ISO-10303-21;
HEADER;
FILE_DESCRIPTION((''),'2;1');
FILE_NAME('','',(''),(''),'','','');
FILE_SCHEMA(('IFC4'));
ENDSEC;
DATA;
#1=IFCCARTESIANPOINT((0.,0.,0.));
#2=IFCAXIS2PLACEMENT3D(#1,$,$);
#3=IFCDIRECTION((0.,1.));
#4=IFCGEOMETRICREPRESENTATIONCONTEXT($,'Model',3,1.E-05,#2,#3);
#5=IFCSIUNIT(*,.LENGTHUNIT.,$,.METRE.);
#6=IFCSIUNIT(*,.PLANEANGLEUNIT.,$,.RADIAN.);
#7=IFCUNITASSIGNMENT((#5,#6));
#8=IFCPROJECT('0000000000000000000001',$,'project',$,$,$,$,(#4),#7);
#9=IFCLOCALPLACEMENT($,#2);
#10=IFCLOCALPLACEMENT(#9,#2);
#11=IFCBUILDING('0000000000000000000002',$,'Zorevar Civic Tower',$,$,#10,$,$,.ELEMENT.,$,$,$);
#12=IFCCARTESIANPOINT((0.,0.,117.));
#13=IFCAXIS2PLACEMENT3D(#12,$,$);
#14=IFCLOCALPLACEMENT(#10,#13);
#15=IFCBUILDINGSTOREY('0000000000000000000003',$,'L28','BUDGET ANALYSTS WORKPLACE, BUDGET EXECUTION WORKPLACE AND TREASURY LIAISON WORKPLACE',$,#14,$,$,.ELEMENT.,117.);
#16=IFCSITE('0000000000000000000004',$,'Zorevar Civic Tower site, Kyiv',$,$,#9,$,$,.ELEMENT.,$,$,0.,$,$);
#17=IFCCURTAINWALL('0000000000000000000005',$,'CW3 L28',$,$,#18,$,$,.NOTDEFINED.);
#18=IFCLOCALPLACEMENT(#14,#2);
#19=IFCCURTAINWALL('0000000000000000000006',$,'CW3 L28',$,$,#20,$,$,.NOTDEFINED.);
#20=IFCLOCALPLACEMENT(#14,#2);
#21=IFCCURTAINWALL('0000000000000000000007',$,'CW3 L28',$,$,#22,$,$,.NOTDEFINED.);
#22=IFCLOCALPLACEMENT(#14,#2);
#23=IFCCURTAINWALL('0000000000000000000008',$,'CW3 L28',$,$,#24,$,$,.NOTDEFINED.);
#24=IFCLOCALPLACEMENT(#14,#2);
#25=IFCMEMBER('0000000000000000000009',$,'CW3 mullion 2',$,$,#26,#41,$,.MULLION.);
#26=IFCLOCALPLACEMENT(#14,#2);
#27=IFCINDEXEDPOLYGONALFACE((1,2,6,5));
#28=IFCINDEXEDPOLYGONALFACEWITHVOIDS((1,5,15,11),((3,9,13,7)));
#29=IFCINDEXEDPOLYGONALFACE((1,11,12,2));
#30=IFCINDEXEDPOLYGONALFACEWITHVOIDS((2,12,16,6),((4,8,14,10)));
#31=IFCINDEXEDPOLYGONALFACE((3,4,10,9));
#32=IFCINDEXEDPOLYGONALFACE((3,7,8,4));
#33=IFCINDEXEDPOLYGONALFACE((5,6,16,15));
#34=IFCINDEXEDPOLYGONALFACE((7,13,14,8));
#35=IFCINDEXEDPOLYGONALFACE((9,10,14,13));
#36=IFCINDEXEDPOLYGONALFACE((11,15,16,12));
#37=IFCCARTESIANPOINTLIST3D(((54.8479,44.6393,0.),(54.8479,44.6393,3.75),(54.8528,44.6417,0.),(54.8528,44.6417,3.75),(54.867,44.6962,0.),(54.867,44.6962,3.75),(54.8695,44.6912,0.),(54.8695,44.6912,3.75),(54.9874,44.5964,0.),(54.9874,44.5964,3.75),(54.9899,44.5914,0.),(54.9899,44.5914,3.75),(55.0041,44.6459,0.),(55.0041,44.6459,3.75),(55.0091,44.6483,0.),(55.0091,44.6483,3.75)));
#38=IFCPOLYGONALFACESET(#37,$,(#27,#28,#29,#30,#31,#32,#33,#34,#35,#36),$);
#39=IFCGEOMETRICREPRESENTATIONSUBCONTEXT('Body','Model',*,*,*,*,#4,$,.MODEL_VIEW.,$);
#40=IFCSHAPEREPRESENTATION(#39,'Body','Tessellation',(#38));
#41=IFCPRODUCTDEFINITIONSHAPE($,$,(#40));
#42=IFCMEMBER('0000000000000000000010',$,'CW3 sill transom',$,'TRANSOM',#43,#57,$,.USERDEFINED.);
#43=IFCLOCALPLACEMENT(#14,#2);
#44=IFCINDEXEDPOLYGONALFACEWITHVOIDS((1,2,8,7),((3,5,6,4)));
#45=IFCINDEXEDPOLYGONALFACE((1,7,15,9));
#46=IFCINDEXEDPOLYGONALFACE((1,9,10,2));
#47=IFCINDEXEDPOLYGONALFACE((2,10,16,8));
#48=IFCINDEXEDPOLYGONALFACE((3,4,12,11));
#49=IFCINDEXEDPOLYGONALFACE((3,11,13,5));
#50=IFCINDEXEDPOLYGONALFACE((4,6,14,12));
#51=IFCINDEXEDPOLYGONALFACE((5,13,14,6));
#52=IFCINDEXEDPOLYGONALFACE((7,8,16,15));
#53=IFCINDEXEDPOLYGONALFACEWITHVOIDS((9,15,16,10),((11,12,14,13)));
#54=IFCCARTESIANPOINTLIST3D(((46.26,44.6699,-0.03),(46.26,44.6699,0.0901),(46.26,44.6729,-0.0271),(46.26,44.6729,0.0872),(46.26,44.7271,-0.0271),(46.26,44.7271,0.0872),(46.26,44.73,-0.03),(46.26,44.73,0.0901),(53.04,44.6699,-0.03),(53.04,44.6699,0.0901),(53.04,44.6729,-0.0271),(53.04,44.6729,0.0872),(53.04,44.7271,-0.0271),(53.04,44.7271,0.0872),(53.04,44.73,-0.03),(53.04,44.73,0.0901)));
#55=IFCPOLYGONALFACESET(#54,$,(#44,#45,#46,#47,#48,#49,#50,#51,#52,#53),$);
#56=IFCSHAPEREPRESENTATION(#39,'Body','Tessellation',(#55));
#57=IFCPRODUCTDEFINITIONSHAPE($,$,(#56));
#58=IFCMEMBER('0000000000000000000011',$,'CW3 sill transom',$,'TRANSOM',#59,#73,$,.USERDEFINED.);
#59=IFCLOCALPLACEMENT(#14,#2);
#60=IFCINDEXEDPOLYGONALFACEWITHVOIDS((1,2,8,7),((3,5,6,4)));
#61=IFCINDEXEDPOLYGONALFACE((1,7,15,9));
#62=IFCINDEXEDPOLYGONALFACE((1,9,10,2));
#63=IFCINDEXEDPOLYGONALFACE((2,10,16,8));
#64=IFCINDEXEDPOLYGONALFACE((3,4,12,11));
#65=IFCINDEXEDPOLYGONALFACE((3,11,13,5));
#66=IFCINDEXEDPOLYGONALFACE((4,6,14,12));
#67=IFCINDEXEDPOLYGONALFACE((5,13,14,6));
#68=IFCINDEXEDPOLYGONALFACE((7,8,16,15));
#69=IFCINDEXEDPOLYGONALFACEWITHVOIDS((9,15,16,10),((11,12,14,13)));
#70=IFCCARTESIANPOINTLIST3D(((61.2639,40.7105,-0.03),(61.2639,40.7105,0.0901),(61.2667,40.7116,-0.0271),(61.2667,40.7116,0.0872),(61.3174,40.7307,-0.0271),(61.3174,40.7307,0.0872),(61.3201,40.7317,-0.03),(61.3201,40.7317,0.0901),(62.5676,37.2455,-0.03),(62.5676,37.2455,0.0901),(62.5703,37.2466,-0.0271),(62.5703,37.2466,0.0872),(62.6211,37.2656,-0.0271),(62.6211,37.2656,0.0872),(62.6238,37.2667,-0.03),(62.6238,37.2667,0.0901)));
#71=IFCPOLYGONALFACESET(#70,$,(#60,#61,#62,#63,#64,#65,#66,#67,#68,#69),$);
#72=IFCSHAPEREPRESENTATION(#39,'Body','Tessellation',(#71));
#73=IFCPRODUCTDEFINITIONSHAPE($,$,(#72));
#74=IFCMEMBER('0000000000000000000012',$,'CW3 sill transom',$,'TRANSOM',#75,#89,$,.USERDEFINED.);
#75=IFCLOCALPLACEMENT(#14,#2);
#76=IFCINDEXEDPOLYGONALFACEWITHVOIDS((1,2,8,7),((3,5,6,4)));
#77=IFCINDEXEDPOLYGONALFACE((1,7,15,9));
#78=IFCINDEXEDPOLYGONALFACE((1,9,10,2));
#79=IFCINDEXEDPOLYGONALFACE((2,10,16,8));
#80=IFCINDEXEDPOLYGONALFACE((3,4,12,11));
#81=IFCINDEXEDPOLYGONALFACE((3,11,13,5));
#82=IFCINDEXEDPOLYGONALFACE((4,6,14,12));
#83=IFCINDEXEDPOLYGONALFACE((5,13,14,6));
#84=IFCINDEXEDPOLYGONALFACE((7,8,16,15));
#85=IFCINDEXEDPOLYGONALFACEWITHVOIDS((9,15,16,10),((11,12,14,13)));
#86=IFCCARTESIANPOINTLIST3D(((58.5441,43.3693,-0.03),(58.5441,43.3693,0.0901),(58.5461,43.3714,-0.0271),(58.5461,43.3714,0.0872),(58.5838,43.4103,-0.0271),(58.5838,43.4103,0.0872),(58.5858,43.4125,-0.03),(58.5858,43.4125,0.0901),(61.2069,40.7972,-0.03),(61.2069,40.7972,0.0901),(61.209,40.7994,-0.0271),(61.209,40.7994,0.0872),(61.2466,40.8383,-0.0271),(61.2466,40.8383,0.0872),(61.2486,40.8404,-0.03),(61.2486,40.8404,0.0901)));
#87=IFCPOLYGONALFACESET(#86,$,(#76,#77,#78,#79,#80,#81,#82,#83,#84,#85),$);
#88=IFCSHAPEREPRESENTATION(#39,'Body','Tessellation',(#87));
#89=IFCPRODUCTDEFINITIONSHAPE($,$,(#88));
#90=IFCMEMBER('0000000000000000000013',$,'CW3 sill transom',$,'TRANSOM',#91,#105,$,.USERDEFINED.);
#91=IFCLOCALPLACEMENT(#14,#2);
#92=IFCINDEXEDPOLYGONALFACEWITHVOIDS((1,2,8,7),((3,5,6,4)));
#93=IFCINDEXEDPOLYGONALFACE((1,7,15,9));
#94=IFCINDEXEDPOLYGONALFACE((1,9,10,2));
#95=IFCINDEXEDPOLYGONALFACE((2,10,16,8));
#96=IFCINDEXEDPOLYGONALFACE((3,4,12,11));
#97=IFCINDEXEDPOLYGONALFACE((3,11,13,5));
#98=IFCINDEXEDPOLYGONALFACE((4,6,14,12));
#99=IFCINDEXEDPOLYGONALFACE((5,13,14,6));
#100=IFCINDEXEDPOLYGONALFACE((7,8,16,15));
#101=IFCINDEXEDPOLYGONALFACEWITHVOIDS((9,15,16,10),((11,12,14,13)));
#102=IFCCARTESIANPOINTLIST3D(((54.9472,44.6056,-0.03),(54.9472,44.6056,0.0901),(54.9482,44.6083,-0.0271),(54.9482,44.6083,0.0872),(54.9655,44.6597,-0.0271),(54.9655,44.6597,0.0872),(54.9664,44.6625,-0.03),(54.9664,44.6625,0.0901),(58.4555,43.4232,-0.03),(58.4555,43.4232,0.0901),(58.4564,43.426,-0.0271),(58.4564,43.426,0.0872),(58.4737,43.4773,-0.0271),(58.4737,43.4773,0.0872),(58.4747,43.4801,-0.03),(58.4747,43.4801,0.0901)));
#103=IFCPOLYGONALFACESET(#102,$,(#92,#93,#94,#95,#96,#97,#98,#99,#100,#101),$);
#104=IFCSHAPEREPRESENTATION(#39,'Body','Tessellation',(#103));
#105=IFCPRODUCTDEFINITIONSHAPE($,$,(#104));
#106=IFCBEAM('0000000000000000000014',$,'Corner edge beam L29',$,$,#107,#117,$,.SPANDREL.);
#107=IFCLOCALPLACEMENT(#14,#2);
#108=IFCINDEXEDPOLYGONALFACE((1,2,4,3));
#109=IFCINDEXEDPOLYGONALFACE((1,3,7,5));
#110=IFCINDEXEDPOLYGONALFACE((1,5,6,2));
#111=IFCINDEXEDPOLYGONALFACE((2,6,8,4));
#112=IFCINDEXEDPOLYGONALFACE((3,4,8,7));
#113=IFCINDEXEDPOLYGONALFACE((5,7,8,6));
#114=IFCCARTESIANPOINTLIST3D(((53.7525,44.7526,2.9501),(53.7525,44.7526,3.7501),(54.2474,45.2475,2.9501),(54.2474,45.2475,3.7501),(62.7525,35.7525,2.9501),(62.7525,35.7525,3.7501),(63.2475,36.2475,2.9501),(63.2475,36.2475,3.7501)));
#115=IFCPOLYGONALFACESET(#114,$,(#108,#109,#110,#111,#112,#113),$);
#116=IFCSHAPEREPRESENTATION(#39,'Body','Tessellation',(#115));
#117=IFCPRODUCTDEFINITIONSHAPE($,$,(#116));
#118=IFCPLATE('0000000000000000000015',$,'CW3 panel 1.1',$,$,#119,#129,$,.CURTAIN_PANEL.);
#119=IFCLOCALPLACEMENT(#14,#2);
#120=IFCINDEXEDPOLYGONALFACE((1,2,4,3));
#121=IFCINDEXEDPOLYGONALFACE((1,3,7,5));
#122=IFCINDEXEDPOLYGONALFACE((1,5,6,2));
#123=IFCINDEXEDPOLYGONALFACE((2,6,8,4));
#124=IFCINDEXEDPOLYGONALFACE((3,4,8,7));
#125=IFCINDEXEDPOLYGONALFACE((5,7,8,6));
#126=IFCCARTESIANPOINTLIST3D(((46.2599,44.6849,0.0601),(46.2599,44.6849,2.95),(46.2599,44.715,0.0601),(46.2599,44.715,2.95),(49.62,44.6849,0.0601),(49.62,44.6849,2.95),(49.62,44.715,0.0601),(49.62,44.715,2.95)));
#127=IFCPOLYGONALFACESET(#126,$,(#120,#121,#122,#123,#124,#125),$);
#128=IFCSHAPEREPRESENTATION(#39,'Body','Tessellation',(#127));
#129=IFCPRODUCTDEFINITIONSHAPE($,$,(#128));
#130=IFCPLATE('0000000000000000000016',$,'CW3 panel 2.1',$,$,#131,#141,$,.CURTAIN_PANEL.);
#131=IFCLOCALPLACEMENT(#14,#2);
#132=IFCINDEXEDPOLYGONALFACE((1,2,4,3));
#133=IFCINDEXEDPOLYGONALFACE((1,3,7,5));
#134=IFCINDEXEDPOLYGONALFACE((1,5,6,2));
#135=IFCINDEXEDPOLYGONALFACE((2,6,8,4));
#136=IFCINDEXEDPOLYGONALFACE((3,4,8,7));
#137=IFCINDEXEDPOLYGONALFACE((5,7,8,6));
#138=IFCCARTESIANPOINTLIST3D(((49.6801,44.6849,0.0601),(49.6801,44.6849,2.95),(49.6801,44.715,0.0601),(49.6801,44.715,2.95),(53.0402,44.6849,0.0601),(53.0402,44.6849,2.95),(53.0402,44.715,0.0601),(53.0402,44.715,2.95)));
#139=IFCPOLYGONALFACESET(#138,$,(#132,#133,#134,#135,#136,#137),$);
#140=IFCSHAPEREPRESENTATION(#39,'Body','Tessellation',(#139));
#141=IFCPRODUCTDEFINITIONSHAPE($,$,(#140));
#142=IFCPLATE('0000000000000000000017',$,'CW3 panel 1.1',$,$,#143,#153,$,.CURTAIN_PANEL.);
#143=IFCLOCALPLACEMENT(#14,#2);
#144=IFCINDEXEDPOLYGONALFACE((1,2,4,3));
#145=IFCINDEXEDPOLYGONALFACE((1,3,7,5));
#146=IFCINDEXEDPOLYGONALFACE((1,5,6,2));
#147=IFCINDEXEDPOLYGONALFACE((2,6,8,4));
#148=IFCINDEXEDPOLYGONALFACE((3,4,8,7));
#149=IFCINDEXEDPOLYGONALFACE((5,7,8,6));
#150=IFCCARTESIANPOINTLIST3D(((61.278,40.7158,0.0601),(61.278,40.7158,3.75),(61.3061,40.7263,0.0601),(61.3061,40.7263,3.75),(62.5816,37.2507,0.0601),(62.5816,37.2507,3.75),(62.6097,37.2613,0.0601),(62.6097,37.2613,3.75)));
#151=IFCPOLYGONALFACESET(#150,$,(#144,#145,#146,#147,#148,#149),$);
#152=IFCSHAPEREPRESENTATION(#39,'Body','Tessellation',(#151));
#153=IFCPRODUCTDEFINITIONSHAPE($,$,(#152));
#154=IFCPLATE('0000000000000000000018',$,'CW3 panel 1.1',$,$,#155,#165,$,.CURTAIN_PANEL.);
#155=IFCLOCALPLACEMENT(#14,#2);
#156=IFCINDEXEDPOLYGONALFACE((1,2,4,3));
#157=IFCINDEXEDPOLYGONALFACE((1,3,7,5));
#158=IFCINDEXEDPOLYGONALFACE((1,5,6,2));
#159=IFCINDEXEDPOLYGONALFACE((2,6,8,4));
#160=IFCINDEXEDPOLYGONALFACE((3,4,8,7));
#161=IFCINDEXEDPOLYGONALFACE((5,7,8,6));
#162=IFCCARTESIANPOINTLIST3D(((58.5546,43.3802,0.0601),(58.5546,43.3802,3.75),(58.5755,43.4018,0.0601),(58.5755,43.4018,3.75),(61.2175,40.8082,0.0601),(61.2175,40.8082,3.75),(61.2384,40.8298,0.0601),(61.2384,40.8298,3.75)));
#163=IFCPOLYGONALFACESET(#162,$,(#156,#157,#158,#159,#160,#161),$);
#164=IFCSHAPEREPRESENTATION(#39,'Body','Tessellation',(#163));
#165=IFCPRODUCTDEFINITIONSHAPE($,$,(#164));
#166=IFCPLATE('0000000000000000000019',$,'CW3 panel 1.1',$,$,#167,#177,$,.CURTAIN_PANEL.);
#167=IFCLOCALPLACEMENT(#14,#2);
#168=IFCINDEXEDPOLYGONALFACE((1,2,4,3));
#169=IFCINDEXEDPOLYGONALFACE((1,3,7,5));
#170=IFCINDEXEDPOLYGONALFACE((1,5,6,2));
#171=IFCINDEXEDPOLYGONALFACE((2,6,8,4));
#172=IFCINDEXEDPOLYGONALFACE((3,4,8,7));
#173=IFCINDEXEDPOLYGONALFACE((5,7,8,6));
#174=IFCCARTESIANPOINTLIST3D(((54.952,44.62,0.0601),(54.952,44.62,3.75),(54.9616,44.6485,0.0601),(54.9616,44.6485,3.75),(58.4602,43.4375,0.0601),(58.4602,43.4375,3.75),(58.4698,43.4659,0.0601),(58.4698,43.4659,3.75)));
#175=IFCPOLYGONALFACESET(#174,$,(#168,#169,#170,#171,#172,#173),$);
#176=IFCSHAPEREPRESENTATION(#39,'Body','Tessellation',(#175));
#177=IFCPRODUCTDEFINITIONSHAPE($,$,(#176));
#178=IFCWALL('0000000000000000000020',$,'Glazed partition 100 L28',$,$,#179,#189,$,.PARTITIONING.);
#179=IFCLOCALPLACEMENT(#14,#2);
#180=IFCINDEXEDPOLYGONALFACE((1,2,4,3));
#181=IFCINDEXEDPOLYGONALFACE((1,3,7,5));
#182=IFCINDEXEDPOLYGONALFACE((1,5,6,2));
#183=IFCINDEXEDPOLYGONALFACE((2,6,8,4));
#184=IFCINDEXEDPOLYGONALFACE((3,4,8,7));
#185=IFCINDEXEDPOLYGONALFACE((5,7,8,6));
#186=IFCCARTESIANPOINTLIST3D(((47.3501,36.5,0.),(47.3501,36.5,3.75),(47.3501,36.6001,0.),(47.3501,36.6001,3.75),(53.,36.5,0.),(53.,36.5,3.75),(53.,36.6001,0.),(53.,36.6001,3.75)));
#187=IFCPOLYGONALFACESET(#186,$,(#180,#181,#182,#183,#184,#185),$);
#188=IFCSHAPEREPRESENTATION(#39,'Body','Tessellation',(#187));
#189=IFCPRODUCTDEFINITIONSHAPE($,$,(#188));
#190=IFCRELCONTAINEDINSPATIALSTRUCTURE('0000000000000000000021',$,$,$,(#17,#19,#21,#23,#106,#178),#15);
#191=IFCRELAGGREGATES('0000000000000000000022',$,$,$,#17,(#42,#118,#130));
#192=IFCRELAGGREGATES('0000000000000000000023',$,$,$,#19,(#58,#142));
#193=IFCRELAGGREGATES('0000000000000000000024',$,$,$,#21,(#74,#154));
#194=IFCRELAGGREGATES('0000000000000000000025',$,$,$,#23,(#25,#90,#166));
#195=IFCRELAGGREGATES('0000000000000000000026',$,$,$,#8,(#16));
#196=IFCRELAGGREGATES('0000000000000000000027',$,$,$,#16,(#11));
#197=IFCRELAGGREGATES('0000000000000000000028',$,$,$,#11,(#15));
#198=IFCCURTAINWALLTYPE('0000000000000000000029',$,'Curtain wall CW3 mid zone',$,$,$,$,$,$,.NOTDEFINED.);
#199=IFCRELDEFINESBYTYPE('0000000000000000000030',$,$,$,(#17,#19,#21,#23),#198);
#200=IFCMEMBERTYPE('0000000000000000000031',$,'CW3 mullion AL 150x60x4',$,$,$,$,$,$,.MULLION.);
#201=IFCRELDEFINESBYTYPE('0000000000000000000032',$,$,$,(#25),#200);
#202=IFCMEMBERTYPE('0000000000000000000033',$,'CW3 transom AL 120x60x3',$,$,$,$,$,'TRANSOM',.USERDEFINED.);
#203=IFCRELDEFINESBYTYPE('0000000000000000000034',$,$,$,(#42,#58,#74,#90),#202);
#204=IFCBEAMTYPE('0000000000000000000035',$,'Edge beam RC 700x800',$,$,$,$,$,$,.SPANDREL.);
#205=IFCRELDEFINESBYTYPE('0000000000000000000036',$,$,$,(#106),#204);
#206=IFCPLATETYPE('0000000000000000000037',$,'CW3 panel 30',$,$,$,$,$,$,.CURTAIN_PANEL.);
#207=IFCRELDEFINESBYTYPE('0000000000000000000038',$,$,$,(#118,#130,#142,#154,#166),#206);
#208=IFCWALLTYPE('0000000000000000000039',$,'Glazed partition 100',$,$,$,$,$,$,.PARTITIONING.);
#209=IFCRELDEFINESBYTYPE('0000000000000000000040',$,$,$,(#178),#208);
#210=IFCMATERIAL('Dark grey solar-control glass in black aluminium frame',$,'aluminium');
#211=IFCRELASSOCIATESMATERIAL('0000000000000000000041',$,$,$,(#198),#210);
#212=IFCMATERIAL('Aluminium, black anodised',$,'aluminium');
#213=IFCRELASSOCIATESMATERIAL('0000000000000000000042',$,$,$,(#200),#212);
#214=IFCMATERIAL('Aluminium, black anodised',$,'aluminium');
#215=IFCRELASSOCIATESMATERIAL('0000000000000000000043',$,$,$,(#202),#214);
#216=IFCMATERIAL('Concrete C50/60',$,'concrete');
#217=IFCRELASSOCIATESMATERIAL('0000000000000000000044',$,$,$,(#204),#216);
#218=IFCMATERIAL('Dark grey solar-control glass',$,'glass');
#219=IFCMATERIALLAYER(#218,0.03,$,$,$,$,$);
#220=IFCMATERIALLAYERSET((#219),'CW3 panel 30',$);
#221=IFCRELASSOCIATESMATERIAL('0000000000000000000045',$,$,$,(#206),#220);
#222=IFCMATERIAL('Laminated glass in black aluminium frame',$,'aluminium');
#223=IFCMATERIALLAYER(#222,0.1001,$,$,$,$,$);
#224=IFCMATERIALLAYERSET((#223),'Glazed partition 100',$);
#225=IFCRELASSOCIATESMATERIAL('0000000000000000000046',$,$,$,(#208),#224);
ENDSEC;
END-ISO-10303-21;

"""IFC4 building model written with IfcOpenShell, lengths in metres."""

from ifc_helpers import new_model, si_unit, direction, frame, frame_2d, origin, origin_2d, place, context, subcontext, project, spatial, rectangle, hollow_rectangle, extrude, material, layer, layer_set, material_profile, profile_set, type_object, element, aggregate, save


model = new_model("IFC4")

# Units and contexts
model_context = context("Model", 3, precision=1e-05, world=origin(), true_north=direction((0.0, 1.0)))
body_context = subcontext(model_context, "Body", "Model", "MODEL_VIEW")
ifc_project = project(units=[si_unit("LENGTHUNIT", "METRE"), si_unit("PLANEANGLEUNIT", "RADIAN")], contexts=[model_context])

# Site, building, storey
site_placement = place(None, origin())
site = spatial("IfcSite", under=ifc_project, at=site_placement, Name="Zorevar Civic Tower site, Kyiv", CompositionType="ELEMENT", RefElevation=0.0)
building_placement = place(site_placement, origin())
building = spatial("IfcBuilding", under=site, at=building_placement, Name="Zorevar Civic Tower", CompositionType="ELEMENT")
storey_placement = place(building_placement, frame((0.0, 0.0, 117.0)))
storey = spatial("IfcBuildingStorey", under=building, at=storey_placement, Name="L28", Description="BUDGET ANALYSTS WORKPLACE, BUDGET EXECUTION WORKPLACE AND TREASURY LIAISON WORKPLACE", CompositionType="ELEMENT", Elevation=117.0)

# Curtain walls, member
ifc_material_1 = material(Name="Dark grey solar-control glass in black aluminium frame", Category="aluminium")
curtain_wall_type = type_object("IfcCurtainWallType", Name="Curtain wall CW3 mid zone", PredefinedType="NOTDEFINED", material=ifc_material_1)
curtain_wall_1_placement = place(storey_placement, origin())
curtain_wall_1 = element("IfcCurtainWall", 1, at=curtain_wall_1_placement, inside=storey, type_object=curtain_wall_type, Name="CW3 L28", PredefinedType="NOTDEFINED")
ifc_material_2 = material(Name="Aluminium, black anodised", Category="aluminium")
ifc_material_profile_1 = material_profile(ifc_material_2, hollow_rectangle(XDim=0.0601, YDim=0.1499, WallThickness=0.0039, at=origin_2d()), Name="AL 150x60x4")
ifc_profile_set_1 = profile_set([ifc_material_profile_1], Name="Aluminium, black anodised")
member_type_1 = type_object("IfcMemberType", Name="CW3 mullion AL 150x60x4", PredefinedType="MULLION", material=ifc_profile_set_1)
curtain_wall_2_placement = place(storey_placement, origin())
curtain_wall_2 = element("IfcCurtainWall", 2, at=curtain_wall_2_placement, inside=storey, type_object=curtain_wall_type, Name="CW3 L28", PredefinedType="NOTDEFINED")
curtain_wall_3_placement = place(storey_placement, origin())
curtain_wall_3 = element("IfcCurtainWall", 3, at=curtain_wall_3_placement, inside=storey, type_object=curtain_wall_type, Name="CW3 L28", PredefinedType="NOTDEFINED")
curtain_wall_4_placement = place(storey_placement, origin())
curtain_wall_4 = element("IfcCurtainWall", 4, at=curtain_wall_4_placement, inside=storey, type_object=curtain_wall_type, Name="CW3 L28", PredefinedType="NOTDEFINED")
member_1_placement = place(storey_placement, frame((54.9285, 44.6438, 0.0), z_axis=(0.0, 0.0, 1.0), x_axis=(-0.319413, -0.947616, 0.0)))
member_1 = element("IfcMember", 5, at=member_1_placement, type_object=member_type_1, Name="CW3 mullion 2", PredefinedType="MULLION", context=body_context, shape_type="SweptSolid", body=[
    extrude(hollow_rectangle(XDim=0.0601, YDim=0.1499, WallThickness=0.0039, at=origin_2d()), origin(), (0.0, 0.0, 1.0), 3.75),
])

# Members
ifc_material_3 = material(Name="Aluminium, black anodised", Category="aluminium")
ifc_material_profile_2 = material_profile(ifc_material_3, hollow_rectangle(XDim=0.0601, YDim=0.1201, WallThickness=0.0029, at=origin_2d()), Name="AL 120x60x3")
ifc_profile_set_2 = profile_set([ifc_material_profile_2], Name="Aluminium, black anodised")
member_type_2 = type_object("IfcMemberType", Name="CW3 transom AL 120x60x3", ElementType="TRANSOM", PredefinedType="USERDEFINED", material=ifc_profile_set_2)
member_2_placement = place(storey_placement, frame((46.26, 44.7, 0.03), z_axis=(1.0, 0.0, 0.0), x_axis=(0.0, 1.0, 0.0)))
member_2 = element("IfcMember", 6, at=member_2_placement, type_object=member_type_2, Name="CW3 sill transom", ObjectType="TRANSOM", PredefinedType="USERDEFINED", context=body_context, shape_type="SweptSolid", body=[
    extrude(hollow_rectangle(XDim=0.0601, YDim=0.1201, WallThickness=0.0029, at=origin_2d()), origin(), (0.0, 0.0, 1.0), 6.78),
])
member_3_placement = place(storey_placement, frame((62.5957, 37.2561, 0.03), z_axis=(-0.352142, 0.935947, 0.0), x_axis=(-0.935947, -0.352142, 0.0)))
member_3 = element("IfcMember", 7, at=member_3_placement, type_object=member_type_2, Name="CW3 sill transom", ObjectType="TRANSOM", PredefinedType="USERDEFINED", context=body_context, shape_type="SweptSolid", body=[
    extrude(hollow_rectangle(XDim=0.0601, YDim=0.1201, WallThickness=0.0029, at=origin_2d()), origin(), (0.0, 0.0, 1.0), 3.7021),
])
member_4_placement = place(storey_placement, frame((61.2278, 40.8188, 0.03), z_axis=(-0.719266, 0.694735, 0.0), x_axis=(-0.694735, -0.719266, 0.0)))
member_4 = element("IfcMember", 8, at=member_4_placement, type_object=member_type_2, Name="CW3 sill transom", ObjectType="TRANSOM", PredefinedType="USERDEFINED", context=body_context, shape_type="SweptSolid", body=[
    extrude(hollow_rectangle(XDim=0.0601, YDim=0.1201, WallThickness=0.0029, at=origin_2d()), origin(), (0.0, 0.0, 1.0), 3.7021),
])
member_5_placement = place(storey_placement, frame((58.4651, 43.4517, 0.03), z_axis=(-0.94763, 0.319372, 0.0), x_axis=(-0.319372, -0.94763, 0.0)))
member_5 = element("IfcMember", 9, at=member_5_placement, type_object=member_type_2, Name="CW3 sill transom", ObjectType="TRANSOM", PredefinedType="USERDEFINED", context=body_context, shape_type="SweptSolid", body=[
    extrude(hollow_rectangle(XDim=0.0601, YDim=0.1201, WallThickness=0.0029, at=origin_2d()), origin(), (0.0, 0.0, 1.0), 3.7021),
])

# Beam
ifc_material_4 = material(Name="Concrete C50/60", Category="concrete")
ifc_material_profile_3 = material_profile(ifc_material_4, rectangle(XDim=0.7, YDim=0.8, at=origin_2d()), Name="RC 700x800")
ifc_profile_set_3 = profile_set([ifc_material_profile_3], Name="Concrete C50/60")
beam_type_1 = type_object("IfcBeamType", Name="Edge beam RC 700x800", PredefinedType="SPANDREL", material=ifc_profile_set_3)
beam_1_placement = place(storey_placement, frame((63.0, 36.0, 3.3501), z_axis=(-0.707107, 0.707107, 0.0), x_axis=(-0.707107, -0.707107, 0.0)))
element("IfcBeam", 10, at=beam_1_placement, inside=storey, type_object=beam_type_1, Name="Corner edge beam L29", PredefinedType="SPANDREL", context=body_context, shape_type="SweptSolid", body=[
    extrude(rectangle(XDim=0.7, YDim=0.8, at=origin_2d()), origin(), (0.0, 0.0, 1.0), 12.728),
])

# Plates
ifc_material_5 = material(Name="Dark grey solar-control glass", Category="glass")
ifc_layer_1 = layer(ifc_material_5, 0.03)
ifc_layer_set_1 = layer_set([ifc_layer_1], Name="CW3 panel 30")
plate_type = type_object("IfcPlateType", Name="CW3 panel 30", PredefinedType="CURTAIN_PANEL", material=ifc_layer_set_1)
plate_1_placement = place(storey_placement, frame((47.9399, 44.7, 0.0601), z_axis=(0.0, 0.0, 1.0), x_axis=(1.0, 0.0, 0.0)))
plate_1 = element("IfcPlate", 11, at=plate_1_placement, type_object=plate_type, Name="CW3 panel 1.1", PredefinedType="CURTAIN_PANEL", context=body_context, shape_type="SweptSolid", body=[
    extrude(rectangle(XDim=3.3601, YDim=0.03, at=origin_2d()), origin(), (0.0, 0.0, 1.0), 2.8899),
])
plate_2_placement = place(storey_placement, frame((51.3601, 44.7, 0.0601), z_axis=(0.0, 0.0, 1.0), x_axis=(1.0, 0.0, 0.0)))
plate_2 = element("IfcPlate", 12, at=plate_2_placement, type_object=plate_type, Name="CW3 panel 2.1", PredefinedType="CURTAIN_PANEL", context=body_context, shape_type="SweptSolid", body=[
    extrude(rectangle(XDim=3.3601, YDim=0.03, at=origin_2d()), origin(), (0.0, 0.0, 1.0), 2.8899),
])
aggregate(curtain_wall_1, [member_2, plate_1, plate_2])
plate_3_placement = place(storey_placement, frame((61.9438, 38.9885, 0.0601), z_axis=(0.0, 0.0, 1.0), x_axis=(-0.352132, 0.935951, 0.0)))
plate_3 = element("IfcPlate", 13, at=plate_3_placement, type_object=plate_type, Name="CW3 panel 1.1", PredefinedType="CURTAIN_PANEL", context=body_context, shape_type="SweptSolid", body=[
    extrude(rectangle(XDim=3.7021, YDim=0.03, at=origin_2d()), origin(), (0.0, 0.0, 1.0), 3.6899),
])
aggregate(curtain_wall_2, [member_3, plate_3])
plate_4_placement = place(storey_placement, frame((59.8965, 42.105, 0.0601), z_axis=(0.0, 0.0, 1.0), x_axis=(-0.719281, 0.694719, 0.0)))
plate_4 = element("IfcPlate", 14, at=plate_4_placement, type_object=plate_type, Name="CW3 panel 1.1", PredefinedType="CURTAIN_PANEL", context=body_context, shape_type="SweptSolid", body=[
    extrude(rectangle(XDim=3.7021, YDim=0.03, at=origin_2d()), origin(), (0.0, 0.0, 1.0), 3.6899),
])
aggregate(curtain_wall_3, [member_4, plate_4])
plate_5_placement = place(storey_placement, frame((56.7109, 44.043, 0.0601), z_axis=(0.0, 0.0, 1.0), x_axis=(-0.947616, 0.319413, 0.0)))
plate_5 = element("IfcPlate", 15, at=plate_5_placement, type_object=plate_type, Name="CW3 panel 1.1", PredefinedType="CURTAIN_PANEL", context=body_context, shape_type="SweptSolid", body=[
    extrude(rectangle(XDim=3.7021, YDim=0.03, at=origin_2d()), origin(), (0.0, 0.0, 1.0), 3.6899),
])
aggregate(curtain_wall_4, [member_1, member_5, plate_5])

# Wall
ifc_material_6 = material(Name="Laminated glass in black aluminium frame", Category="aluminium")
ifc_layer_2 = layer(ifc_material_6, 0.1001)
ifc_layer_set_2 = layer_set([ifc_layer_2], Name="Glazed partition 100")
wall_type = type_object("IfcWallType", Name="Glazed partition 100", PredefinedType="PARTITIONING", material=ifc_layer_set_2)
wall_1_placement = place(storey_placement, frame((47.3501, 36.55, 0.0), z_axis=(0.0, 0.0, 1.0), x_axis=(1.0, 0.0, 0.0)))
element("IfcWall", 16, at=wall_1_placement, inside=storey, type_object=wall_type, Name="Glazed partition 100 L28", PredefinedType="PARTITIONING", context=body_context, shape_type="SweptSolid", body=[
    extrude(rectangle(XDim=5.6499, YDim=0.1001, at=frame_2d((2.825, 0.0))), origin(), (0.0, 0.0, 1.0), 3.75),
])

save(model, "model.ifc")
